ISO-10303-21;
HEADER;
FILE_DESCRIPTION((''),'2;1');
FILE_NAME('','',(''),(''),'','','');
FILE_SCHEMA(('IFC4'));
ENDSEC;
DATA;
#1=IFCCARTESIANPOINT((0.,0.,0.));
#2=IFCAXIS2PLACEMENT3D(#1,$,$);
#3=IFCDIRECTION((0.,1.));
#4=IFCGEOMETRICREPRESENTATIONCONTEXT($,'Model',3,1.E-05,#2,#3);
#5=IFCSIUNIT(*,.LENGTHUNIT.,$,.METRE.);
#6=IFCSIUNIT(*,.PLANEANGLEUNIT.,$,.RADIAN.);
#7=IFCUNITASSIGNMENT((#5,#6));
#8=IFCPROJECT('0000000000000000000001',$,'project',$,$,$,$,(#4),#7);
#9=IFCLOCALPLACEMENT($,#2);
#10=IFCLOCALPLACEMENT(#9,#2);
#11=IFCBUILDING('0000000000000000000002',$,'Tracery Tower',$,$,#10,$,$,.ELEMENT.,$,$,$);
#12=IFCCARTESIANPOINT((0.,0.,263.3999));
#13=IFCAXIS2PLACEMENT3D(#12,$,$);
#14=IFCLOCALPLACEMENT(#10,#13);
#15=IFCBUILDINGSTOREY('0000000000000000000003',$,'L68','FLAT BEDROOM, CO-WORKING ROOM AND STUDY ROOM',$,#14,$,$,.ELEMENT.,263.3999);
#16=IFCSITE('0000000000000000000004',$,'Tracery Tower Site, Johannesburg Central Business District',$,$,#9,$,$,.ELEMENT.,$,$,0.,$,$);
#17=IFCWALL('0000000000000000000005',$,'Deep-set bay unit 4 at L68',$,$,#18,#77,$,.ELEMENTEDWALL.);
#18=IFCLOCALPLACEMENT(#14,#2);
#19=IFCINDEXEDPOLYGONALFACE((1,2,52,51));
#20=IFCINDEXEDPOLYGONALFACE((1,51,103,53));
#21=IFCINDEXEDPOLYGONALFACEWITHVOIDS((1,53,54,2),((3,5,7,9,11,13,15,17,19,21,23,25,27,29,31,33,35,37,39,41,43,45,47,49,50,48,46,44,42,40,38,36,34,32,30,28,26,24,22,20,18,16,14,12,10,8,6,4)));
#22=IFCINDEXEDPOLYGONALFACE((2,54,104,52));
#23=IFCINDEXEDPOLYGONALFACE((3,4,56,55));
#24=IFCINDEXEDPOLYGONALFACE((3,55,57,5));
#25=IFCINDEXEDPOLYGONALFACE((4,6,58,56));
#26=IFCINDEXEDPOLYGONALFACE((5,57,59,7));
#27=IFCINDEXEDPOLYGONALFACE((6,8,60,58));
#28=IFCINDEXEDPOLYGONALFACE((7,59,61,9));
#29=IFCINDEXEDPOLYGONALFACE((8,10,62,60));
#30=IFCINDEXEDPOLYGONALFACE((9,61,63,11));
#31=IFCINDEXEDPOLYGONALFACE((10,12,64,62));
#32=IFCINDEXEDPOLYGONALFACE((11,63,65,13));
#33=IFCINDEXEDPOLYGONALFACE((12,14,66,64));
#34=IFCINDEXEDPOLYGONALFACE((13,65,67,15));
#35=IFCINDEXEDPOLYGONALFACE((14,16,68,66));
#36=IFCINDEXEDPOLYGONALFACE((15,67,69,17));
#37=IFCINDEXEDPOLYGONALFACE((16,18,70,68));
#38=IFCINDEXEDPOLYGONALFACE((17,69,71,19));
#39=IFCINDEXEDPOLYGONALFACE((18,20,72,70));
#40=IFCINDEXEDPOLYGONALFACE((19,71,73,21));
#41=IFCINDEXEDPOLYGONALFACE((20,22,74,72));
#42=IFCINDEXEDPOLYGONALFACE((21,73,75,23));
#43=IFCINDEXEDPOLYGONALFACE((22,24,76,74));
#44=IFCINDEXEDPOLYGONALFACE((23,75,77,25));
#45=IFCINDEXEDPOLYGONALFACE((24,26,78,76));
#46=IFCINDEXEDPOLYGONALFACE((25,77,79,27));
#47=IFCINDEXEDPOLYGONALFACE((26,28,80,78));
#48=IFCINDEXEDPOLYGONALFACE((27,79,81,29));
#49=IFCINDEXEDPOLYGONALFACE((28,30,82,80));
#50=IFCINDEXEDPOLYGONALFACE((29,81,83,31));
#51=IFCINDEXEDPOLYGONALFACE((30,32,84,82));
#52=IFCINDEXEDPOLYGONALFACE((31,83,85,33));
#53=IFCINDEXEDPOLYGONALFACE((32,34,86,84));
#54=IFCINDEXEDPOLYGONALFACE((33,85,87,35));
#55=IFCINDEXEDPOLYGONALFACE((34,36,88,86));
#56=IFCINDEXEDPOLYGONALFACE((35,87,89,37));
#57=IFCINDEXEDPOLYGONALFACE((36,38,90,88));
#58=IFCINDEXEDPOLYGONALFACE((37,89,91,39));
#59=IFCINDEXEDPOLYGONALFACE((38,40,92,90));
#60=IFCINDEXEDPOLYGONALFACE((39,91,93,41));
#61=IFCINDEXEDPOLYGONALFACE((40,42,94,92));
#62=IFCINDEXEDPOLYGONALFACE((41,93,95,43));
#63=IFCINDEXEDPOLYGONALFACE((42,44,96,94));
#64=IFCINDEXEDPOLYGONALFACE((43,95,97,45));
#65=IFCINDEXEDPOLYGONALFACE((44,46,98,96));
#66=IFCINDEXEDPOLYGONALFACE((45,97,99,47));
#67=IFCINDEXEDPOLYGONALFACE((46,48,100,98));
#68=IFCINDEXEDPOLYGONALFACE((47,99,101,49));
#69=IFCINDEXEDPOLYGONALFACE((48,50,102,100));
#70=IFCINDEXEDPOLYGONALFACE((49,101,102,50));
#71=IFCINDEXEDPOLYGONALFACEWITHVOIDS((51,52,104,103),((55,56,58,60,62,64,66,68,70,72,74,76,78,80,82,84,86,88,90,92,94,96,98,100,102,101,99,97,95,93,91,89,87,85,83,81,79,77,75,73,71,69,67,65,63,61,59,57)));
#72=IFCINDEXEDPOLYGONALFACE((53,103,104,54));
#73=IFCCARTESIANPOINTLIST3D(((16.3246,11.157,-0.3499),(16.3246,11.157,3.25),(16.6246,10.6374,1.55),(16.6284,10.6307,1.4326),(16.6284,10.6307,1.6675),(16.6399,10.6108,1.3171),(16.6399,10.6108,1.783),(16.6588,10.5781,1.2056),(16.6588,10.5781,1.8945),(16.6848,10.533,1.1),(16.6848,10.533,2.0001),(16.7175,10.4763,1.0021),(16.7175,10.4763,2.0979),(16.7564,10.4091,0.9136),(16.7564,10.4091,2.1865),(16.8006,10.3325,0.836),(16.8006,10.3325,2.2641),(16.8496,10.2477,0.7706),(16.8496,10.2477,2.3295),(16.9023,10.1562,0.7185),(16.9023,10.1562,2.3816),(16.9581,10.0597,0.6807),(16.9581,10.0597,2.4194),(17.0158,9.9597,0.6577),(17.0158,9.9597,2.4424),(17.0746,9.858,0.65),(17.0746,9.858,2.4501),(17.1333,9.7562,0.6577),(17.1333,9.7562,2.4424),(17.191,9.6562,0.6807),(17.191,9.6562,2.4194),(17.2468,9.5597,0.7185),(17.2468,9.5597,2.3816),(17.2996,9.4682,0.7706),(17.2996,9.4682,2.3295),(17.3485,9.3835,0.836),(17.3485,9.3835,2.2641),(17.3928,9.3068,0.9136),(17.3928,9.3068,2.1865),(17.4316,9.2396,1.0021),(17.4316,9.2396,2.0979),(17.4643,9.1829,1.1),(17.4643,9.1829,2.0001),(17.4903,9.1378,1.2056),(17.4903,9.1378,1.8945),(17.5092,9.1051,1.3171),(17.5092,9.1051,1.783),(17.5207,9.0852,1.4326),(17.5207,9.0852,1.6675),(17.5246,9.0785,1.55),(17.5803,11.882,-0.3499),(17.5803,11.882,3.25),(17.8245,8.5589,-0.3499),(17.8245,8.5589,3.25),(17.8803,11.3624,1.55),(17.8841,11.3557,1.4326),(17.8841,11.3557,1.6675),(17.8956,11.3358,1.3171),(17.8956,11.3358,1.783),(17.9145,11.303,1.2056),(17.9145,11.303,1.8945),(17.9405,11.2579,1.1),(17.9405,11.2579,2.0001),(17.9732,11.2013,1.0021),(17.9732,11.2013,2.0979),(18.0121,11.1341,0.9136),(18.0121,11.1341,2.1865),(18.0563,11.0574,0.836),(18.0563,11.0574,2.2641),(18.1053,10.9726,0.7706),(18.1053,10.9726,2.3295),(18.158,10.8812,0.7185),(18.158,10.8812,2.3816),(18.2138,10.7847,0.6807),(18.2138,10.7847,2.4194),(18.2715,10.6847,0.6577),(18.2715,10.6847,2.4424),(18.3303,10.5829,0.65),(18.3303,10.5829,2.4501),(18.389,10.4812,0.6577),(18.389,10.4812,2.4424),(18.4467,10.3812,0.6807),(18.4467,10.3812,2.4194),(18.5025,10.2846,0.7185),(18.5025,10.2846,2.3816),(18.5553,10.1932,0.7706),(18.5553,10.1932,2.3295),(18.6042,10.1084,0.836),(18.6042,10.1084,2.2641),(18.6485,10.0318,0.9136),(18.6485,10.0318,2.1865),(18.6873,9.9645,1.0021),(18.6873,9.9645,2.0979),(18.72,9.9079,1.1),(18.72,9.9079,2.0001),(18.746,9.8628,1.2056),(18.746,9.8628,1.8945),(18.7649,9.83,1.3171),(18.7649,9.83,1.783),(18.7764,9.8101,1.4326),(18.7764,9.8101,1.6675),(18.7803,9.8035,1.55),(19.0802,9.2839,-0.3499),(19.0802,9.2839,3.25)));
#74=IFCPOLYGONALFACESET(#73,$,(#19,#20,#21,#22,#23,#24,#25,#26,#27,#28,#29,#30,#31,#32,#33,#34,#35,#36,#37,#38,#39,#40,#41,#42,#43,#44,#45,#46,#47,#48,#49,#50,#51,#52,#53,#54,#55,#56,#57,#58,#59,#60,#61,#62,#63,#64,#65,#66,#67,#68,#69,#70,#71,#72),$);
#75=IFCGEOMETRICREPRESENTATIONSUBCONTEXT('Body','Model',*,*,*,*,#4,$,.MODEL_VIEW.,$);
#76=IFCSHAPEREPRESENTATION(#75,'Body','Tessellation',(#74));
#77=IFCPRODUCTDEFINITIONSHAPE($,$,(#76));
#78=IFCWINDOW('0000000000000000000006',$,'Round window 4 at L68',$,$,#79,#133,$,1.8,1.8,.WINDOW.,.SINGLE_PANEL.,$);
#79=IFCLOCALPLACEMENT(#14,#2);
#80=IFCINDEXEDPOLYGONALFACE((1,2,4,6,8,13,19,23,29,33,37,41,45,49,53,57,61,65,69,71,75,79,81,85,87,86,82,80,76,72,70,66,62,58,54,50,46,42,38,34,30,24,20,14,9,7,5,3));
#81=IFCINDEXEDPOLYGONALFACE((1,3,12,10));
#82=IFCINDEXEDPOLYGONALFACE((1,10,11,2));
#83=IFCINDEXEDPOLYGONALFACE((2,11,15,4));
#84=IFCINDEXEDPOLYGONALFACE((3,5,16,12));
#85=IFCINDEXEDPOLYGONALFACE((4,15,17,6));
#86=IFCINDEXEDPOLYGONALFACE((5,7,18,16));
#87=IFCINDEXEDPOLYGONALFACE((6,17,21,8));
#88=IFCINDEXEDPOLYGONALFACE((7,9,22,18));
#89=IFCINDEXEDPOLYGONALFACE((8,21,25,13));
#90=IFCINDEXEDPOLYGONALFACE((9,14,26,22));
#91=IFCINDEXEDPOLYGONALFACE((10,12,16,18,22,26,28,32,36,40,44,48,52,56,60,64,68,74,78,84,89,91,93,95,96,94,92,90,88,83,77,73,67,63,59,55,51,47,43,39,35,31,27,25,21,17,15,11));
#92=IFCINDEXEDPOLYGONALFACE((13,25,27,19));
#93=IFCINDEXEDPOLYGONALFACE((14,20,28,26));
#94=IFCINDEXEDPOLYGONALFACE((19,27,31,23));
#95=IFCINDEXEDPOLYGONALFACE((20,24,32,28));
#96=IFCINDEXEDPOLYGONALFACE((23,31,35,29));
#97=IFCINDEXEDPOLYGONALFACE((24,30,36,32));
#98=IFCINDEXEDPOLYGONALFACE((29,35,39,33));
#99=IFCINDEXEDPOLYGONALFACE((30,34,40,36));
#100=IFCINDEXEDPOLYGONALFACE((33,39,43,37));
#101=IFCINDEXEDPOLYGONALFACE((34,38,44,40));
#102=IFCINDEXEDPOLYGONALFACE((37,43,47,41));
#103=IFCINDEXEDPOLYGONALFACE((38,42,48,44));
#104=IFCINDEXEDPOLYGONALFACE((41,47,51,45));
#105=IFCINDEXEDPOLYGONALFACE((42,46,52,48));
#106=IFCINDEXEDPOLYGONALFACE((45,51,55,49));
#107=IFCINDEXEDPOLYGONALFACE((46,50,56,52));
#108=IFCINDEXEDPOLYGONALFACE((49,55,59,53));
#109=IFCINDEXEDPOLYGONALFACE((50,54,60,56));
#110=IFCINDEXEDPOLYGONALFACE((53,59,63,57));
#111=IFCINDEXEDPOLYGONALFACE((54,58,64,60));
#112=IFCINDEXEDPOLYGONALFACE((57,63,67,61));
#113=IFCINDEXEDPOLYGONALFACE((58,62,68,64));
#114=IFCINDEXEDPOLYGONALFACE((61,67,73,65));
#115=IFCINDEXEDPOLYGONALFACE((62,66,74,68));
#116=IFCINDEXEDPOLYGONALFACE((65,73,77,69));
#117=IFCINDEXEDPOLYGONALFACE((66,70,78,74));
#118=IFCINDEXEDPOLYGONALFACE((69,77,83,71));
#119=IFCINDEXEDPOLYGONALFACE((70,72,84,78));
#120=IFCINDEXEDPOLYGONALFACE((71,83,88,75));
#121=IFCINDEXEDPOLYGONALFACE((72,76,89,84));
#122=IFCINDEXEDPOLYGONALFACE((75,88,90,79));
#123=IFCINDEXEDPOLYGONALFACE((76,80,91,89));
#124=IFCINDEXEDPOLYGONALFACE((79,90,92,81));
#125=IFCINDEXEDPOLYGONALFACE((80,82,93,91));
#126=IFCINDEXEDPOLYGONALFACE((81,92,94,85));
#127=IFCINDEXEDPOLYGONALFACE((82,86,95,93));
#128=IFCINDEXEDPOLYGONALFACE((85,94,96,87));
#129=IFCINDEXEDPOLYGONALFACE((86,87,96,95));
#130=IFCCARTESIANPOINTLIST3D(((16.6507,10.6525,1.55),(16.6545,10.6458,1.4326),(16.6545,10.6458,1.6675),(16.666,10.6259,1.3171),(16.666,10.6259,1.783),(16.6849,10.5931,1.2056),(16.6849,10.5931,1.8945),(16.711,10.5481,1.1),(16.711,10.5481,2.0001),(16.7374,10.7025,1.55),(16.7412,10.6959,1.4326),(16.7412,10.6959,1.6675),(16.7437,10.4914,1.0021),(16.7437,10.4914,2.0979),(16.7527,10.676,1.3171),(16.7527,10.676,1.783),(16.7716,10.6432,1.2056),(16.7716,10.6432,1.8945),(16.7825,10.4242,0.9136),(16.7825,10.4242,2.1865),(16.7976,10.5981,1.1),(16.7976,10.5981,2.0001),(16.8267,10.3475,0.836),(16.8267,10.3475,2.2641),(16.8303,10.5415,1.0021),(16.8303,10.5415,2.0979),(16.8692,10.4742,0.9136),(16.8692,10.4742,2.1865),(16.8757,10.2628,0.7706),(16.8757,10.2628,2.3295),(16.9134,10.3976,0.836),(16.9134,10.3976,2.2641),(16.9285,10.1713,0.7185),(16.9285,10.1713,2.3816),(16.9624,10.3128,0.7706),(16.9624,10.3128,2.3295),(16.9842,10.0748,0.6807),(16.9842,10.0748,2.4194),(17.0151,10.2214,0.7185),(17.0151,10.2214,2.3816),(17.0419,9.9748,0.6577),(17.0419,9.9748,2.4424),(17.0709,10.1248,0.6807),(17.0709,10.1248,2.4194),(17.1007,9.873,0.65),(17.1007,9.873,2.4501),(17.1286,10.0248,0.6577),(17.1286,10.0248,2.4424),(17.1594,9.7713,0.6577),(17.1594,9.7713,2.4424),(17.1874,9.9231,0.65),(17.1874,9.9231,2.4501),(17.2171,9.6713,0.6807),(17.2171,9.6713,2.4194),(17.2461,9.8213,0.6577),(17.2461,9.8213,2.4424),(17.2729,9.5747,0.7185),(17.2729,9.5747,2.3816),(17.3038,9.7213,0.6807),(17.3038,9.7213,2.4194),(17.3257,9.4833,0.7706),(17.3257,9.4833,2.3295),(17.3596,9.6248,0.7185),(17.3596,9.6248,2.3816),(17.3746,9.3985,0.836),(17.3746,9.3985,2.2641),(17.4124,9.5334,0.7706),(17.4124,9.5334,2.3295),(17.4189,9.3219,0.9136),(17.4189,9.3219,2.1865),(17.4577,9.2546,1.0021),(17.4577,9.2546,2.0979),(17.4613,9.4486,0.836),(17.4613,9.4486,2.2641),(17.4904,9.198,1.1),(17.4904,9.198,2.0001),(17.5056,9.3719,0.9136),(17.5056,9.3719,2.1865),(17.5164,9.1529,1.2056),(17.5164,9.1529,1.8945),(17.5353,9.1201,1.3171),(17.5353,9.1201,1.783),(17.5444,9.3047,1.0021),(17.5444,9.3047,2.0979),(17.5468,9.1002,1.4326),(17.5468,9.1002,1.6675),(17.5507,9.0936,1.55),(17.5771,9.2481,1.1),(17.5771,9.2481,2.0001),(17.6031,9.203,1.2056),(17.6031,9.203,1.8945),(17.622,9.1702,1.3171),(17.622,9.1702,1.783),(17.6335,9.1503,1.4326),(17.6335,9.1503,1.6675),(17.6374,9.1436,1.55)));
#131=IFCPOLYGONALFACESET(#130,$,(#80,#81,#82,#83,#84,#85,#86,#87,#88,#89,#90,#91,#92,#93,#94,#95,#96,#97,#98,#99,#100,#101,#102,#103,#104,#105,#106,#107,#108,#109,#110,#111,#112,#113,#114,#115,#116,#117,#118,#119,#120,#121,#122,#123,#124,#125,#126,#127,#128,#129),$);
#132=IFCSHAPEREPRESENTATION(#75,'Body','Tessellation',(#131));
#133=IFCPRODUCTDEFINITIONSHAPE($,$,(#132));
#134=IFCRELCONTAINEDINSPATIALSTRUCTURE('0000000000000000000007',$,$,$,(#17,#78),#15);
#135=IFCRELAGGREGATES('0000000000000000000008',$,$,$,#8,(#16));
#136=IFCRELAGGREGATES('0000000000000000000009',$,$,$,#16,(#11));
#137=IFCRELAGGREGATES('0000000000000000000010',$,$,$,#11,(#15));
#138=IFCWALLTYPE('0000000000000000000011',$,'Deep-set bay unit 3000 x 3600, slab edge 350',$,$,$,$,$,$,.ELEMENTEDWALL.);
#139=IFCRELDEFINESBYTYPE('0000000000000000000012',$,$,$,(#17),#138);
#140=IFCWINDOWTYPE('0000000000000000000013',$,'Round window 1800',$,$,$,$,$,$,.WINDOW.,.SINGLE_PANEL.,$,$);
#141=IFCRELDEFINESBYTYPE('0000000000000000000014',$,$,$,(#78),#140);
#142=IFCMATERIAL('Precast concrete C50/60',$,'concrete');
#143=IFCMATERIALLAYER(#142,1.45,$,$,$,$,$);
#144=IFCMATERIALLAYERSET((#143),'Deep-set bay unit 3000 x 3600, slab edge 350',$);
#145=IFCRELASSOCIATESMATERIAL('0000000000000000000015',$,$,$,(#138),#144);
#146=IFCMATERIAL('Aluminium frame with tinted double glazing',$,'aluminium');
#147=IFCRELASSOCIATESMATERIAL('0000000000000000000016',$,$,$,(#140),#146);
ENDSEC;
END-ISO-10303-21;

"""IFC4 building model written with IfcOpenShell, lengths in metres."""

from ifc_helpers import new_model, si_unit, direction, frame, frame_2d, origin, origin_2d, place, context, subcontext, project, spatial, rectangle, circle, extrude, material, layer, layer_set, type_object, element, fill, save


model = new_model("IFC4")

# Units and contexts
model_context = context("Model", 3, precision=1e-05, world=origin(), true_north=direction((0.0, 1.0)))
body_context = subcontext(model_context, "Body", "Model", "MODEL_VIEW")
ifc_project = project(units=[si_unit("LENGTHUNIT", "METRE"), si_unit("PLANEANGLEUNIT", "RADIAN")], contexts=[model_context])

# Site, building, storey
site_placement = place(None, origin())
site = spatial("IfcSite", under=ifc_project, at=site_placement, Name="Tracery Tower Site, Johannesburg Central Business District", CompositionType="ELEMENT", RefElevation=0.0)
building_placement = place(site_placement, origin())
building = spatial("IfcBuilding", under=site, at=building_placement, Name="Tracery Tower", CompositionType="ELEMENT")
storey_placement = place(building_placement, frame((0.0, 0.0, 263.3999)))
storey = spatial("IfcBuildingStorey", under=building, at=storey_placement, Name="L68", Description="FLAT BEDROOM, CO-WORKING ROOM AND STUDY ROOM", CompositionType="ELEMENT", Elevation=263.3999)

# Wall, opening, window
ifc_material_1 = material(Name="Precast concrete C50/60", Category="concrete")
ifc_layer_1 = layer(ifc_material_1, 1.45)
ifc_layer_set_1 = layer_set([ifc_layer_1], Name="Deep-set bay unit 3000 x 3600, slab edge 350")
wall_type_1 = type_object("IfcWallType", Name="Deep-set bay unit 3000 x 3600, slab edge 350", PredefinedType="ELEMENTEDWALL", material=ifc_layer_set_1)
ifc_material_2 = material(Name="Aluminium frame with tinted double glazing", Category="aluminium")
window_type = type_object("IfcWindowType", Name="Round window 1800", PartitioningType="SINGLE_PANEL", PredefinedType="WINDOW", material=ifc_material_2)
wall_1_placement = place(storey_placement, frame((18.4524, 8.9214, -0.3499), z_axis=(0.0, 0.0, 1.0), x_axis=(-0.49999, 0.866031, 0.0)))
wall_1 = element("IfcWall", 1, at=wall_1_placement, inside=storey, type_object=wall_type_1, Name="Deep-set bay unit 4 at L68", PredefinedType="ELEMENTEDWALL", context=body_context, shape_type="SweptSolid", body=[
    extrude(rectangle(XDim=3.0, YDim=1.45, at=frame_2d((1.5, 0.0))), origin(), (0.0, 0.0, 1.0), 3.5999),
])
opening_1_placement = place(wall_1_placement, frame((1.5, 0.0, 1.8999)))
opening_1 = element("IfcOpeningElement", 2, at=opening_1_placement, cuts=wall_1, PredefinedType="OPENING", context=body_context, shape_type="SweptSolid", body=[
    extrude(circle(Radius=0.9, at=origin_2d()), frame((0.0, 0.7349, 0.0), z_axis=(0.0, -1.0, 0.0), x_axis=(1.0, 0.0, 0.0)), (0.0, 0.0, 1.0), 1.47),
])
window_1_placement = place(opening_1_placement, origin())
window_1 = element("IfcWindow", 3, at=window_1_placement, inside=storey, type_object=window_type, Name="Round window 4 at L68", OverallHeight=1.8, OverallWidth=1.8, PartitioningType="SINGLE_PANEL", PredefinedType="WINDOW", context=body_context, shape_type="SweptSolid", body=[
    extrude(circle(Radius=0.9, at=origin_2d()), frame((0.0, 0.6948, 0.0), z_axis=(0.0, -1.0, 0.0), x_axis=(1.0, 0.0, 0.0)), (0.0, 0.0, 1.0), 0.1001),
])
fill(opening_1, window_1)

save(model, "model.ifc")
